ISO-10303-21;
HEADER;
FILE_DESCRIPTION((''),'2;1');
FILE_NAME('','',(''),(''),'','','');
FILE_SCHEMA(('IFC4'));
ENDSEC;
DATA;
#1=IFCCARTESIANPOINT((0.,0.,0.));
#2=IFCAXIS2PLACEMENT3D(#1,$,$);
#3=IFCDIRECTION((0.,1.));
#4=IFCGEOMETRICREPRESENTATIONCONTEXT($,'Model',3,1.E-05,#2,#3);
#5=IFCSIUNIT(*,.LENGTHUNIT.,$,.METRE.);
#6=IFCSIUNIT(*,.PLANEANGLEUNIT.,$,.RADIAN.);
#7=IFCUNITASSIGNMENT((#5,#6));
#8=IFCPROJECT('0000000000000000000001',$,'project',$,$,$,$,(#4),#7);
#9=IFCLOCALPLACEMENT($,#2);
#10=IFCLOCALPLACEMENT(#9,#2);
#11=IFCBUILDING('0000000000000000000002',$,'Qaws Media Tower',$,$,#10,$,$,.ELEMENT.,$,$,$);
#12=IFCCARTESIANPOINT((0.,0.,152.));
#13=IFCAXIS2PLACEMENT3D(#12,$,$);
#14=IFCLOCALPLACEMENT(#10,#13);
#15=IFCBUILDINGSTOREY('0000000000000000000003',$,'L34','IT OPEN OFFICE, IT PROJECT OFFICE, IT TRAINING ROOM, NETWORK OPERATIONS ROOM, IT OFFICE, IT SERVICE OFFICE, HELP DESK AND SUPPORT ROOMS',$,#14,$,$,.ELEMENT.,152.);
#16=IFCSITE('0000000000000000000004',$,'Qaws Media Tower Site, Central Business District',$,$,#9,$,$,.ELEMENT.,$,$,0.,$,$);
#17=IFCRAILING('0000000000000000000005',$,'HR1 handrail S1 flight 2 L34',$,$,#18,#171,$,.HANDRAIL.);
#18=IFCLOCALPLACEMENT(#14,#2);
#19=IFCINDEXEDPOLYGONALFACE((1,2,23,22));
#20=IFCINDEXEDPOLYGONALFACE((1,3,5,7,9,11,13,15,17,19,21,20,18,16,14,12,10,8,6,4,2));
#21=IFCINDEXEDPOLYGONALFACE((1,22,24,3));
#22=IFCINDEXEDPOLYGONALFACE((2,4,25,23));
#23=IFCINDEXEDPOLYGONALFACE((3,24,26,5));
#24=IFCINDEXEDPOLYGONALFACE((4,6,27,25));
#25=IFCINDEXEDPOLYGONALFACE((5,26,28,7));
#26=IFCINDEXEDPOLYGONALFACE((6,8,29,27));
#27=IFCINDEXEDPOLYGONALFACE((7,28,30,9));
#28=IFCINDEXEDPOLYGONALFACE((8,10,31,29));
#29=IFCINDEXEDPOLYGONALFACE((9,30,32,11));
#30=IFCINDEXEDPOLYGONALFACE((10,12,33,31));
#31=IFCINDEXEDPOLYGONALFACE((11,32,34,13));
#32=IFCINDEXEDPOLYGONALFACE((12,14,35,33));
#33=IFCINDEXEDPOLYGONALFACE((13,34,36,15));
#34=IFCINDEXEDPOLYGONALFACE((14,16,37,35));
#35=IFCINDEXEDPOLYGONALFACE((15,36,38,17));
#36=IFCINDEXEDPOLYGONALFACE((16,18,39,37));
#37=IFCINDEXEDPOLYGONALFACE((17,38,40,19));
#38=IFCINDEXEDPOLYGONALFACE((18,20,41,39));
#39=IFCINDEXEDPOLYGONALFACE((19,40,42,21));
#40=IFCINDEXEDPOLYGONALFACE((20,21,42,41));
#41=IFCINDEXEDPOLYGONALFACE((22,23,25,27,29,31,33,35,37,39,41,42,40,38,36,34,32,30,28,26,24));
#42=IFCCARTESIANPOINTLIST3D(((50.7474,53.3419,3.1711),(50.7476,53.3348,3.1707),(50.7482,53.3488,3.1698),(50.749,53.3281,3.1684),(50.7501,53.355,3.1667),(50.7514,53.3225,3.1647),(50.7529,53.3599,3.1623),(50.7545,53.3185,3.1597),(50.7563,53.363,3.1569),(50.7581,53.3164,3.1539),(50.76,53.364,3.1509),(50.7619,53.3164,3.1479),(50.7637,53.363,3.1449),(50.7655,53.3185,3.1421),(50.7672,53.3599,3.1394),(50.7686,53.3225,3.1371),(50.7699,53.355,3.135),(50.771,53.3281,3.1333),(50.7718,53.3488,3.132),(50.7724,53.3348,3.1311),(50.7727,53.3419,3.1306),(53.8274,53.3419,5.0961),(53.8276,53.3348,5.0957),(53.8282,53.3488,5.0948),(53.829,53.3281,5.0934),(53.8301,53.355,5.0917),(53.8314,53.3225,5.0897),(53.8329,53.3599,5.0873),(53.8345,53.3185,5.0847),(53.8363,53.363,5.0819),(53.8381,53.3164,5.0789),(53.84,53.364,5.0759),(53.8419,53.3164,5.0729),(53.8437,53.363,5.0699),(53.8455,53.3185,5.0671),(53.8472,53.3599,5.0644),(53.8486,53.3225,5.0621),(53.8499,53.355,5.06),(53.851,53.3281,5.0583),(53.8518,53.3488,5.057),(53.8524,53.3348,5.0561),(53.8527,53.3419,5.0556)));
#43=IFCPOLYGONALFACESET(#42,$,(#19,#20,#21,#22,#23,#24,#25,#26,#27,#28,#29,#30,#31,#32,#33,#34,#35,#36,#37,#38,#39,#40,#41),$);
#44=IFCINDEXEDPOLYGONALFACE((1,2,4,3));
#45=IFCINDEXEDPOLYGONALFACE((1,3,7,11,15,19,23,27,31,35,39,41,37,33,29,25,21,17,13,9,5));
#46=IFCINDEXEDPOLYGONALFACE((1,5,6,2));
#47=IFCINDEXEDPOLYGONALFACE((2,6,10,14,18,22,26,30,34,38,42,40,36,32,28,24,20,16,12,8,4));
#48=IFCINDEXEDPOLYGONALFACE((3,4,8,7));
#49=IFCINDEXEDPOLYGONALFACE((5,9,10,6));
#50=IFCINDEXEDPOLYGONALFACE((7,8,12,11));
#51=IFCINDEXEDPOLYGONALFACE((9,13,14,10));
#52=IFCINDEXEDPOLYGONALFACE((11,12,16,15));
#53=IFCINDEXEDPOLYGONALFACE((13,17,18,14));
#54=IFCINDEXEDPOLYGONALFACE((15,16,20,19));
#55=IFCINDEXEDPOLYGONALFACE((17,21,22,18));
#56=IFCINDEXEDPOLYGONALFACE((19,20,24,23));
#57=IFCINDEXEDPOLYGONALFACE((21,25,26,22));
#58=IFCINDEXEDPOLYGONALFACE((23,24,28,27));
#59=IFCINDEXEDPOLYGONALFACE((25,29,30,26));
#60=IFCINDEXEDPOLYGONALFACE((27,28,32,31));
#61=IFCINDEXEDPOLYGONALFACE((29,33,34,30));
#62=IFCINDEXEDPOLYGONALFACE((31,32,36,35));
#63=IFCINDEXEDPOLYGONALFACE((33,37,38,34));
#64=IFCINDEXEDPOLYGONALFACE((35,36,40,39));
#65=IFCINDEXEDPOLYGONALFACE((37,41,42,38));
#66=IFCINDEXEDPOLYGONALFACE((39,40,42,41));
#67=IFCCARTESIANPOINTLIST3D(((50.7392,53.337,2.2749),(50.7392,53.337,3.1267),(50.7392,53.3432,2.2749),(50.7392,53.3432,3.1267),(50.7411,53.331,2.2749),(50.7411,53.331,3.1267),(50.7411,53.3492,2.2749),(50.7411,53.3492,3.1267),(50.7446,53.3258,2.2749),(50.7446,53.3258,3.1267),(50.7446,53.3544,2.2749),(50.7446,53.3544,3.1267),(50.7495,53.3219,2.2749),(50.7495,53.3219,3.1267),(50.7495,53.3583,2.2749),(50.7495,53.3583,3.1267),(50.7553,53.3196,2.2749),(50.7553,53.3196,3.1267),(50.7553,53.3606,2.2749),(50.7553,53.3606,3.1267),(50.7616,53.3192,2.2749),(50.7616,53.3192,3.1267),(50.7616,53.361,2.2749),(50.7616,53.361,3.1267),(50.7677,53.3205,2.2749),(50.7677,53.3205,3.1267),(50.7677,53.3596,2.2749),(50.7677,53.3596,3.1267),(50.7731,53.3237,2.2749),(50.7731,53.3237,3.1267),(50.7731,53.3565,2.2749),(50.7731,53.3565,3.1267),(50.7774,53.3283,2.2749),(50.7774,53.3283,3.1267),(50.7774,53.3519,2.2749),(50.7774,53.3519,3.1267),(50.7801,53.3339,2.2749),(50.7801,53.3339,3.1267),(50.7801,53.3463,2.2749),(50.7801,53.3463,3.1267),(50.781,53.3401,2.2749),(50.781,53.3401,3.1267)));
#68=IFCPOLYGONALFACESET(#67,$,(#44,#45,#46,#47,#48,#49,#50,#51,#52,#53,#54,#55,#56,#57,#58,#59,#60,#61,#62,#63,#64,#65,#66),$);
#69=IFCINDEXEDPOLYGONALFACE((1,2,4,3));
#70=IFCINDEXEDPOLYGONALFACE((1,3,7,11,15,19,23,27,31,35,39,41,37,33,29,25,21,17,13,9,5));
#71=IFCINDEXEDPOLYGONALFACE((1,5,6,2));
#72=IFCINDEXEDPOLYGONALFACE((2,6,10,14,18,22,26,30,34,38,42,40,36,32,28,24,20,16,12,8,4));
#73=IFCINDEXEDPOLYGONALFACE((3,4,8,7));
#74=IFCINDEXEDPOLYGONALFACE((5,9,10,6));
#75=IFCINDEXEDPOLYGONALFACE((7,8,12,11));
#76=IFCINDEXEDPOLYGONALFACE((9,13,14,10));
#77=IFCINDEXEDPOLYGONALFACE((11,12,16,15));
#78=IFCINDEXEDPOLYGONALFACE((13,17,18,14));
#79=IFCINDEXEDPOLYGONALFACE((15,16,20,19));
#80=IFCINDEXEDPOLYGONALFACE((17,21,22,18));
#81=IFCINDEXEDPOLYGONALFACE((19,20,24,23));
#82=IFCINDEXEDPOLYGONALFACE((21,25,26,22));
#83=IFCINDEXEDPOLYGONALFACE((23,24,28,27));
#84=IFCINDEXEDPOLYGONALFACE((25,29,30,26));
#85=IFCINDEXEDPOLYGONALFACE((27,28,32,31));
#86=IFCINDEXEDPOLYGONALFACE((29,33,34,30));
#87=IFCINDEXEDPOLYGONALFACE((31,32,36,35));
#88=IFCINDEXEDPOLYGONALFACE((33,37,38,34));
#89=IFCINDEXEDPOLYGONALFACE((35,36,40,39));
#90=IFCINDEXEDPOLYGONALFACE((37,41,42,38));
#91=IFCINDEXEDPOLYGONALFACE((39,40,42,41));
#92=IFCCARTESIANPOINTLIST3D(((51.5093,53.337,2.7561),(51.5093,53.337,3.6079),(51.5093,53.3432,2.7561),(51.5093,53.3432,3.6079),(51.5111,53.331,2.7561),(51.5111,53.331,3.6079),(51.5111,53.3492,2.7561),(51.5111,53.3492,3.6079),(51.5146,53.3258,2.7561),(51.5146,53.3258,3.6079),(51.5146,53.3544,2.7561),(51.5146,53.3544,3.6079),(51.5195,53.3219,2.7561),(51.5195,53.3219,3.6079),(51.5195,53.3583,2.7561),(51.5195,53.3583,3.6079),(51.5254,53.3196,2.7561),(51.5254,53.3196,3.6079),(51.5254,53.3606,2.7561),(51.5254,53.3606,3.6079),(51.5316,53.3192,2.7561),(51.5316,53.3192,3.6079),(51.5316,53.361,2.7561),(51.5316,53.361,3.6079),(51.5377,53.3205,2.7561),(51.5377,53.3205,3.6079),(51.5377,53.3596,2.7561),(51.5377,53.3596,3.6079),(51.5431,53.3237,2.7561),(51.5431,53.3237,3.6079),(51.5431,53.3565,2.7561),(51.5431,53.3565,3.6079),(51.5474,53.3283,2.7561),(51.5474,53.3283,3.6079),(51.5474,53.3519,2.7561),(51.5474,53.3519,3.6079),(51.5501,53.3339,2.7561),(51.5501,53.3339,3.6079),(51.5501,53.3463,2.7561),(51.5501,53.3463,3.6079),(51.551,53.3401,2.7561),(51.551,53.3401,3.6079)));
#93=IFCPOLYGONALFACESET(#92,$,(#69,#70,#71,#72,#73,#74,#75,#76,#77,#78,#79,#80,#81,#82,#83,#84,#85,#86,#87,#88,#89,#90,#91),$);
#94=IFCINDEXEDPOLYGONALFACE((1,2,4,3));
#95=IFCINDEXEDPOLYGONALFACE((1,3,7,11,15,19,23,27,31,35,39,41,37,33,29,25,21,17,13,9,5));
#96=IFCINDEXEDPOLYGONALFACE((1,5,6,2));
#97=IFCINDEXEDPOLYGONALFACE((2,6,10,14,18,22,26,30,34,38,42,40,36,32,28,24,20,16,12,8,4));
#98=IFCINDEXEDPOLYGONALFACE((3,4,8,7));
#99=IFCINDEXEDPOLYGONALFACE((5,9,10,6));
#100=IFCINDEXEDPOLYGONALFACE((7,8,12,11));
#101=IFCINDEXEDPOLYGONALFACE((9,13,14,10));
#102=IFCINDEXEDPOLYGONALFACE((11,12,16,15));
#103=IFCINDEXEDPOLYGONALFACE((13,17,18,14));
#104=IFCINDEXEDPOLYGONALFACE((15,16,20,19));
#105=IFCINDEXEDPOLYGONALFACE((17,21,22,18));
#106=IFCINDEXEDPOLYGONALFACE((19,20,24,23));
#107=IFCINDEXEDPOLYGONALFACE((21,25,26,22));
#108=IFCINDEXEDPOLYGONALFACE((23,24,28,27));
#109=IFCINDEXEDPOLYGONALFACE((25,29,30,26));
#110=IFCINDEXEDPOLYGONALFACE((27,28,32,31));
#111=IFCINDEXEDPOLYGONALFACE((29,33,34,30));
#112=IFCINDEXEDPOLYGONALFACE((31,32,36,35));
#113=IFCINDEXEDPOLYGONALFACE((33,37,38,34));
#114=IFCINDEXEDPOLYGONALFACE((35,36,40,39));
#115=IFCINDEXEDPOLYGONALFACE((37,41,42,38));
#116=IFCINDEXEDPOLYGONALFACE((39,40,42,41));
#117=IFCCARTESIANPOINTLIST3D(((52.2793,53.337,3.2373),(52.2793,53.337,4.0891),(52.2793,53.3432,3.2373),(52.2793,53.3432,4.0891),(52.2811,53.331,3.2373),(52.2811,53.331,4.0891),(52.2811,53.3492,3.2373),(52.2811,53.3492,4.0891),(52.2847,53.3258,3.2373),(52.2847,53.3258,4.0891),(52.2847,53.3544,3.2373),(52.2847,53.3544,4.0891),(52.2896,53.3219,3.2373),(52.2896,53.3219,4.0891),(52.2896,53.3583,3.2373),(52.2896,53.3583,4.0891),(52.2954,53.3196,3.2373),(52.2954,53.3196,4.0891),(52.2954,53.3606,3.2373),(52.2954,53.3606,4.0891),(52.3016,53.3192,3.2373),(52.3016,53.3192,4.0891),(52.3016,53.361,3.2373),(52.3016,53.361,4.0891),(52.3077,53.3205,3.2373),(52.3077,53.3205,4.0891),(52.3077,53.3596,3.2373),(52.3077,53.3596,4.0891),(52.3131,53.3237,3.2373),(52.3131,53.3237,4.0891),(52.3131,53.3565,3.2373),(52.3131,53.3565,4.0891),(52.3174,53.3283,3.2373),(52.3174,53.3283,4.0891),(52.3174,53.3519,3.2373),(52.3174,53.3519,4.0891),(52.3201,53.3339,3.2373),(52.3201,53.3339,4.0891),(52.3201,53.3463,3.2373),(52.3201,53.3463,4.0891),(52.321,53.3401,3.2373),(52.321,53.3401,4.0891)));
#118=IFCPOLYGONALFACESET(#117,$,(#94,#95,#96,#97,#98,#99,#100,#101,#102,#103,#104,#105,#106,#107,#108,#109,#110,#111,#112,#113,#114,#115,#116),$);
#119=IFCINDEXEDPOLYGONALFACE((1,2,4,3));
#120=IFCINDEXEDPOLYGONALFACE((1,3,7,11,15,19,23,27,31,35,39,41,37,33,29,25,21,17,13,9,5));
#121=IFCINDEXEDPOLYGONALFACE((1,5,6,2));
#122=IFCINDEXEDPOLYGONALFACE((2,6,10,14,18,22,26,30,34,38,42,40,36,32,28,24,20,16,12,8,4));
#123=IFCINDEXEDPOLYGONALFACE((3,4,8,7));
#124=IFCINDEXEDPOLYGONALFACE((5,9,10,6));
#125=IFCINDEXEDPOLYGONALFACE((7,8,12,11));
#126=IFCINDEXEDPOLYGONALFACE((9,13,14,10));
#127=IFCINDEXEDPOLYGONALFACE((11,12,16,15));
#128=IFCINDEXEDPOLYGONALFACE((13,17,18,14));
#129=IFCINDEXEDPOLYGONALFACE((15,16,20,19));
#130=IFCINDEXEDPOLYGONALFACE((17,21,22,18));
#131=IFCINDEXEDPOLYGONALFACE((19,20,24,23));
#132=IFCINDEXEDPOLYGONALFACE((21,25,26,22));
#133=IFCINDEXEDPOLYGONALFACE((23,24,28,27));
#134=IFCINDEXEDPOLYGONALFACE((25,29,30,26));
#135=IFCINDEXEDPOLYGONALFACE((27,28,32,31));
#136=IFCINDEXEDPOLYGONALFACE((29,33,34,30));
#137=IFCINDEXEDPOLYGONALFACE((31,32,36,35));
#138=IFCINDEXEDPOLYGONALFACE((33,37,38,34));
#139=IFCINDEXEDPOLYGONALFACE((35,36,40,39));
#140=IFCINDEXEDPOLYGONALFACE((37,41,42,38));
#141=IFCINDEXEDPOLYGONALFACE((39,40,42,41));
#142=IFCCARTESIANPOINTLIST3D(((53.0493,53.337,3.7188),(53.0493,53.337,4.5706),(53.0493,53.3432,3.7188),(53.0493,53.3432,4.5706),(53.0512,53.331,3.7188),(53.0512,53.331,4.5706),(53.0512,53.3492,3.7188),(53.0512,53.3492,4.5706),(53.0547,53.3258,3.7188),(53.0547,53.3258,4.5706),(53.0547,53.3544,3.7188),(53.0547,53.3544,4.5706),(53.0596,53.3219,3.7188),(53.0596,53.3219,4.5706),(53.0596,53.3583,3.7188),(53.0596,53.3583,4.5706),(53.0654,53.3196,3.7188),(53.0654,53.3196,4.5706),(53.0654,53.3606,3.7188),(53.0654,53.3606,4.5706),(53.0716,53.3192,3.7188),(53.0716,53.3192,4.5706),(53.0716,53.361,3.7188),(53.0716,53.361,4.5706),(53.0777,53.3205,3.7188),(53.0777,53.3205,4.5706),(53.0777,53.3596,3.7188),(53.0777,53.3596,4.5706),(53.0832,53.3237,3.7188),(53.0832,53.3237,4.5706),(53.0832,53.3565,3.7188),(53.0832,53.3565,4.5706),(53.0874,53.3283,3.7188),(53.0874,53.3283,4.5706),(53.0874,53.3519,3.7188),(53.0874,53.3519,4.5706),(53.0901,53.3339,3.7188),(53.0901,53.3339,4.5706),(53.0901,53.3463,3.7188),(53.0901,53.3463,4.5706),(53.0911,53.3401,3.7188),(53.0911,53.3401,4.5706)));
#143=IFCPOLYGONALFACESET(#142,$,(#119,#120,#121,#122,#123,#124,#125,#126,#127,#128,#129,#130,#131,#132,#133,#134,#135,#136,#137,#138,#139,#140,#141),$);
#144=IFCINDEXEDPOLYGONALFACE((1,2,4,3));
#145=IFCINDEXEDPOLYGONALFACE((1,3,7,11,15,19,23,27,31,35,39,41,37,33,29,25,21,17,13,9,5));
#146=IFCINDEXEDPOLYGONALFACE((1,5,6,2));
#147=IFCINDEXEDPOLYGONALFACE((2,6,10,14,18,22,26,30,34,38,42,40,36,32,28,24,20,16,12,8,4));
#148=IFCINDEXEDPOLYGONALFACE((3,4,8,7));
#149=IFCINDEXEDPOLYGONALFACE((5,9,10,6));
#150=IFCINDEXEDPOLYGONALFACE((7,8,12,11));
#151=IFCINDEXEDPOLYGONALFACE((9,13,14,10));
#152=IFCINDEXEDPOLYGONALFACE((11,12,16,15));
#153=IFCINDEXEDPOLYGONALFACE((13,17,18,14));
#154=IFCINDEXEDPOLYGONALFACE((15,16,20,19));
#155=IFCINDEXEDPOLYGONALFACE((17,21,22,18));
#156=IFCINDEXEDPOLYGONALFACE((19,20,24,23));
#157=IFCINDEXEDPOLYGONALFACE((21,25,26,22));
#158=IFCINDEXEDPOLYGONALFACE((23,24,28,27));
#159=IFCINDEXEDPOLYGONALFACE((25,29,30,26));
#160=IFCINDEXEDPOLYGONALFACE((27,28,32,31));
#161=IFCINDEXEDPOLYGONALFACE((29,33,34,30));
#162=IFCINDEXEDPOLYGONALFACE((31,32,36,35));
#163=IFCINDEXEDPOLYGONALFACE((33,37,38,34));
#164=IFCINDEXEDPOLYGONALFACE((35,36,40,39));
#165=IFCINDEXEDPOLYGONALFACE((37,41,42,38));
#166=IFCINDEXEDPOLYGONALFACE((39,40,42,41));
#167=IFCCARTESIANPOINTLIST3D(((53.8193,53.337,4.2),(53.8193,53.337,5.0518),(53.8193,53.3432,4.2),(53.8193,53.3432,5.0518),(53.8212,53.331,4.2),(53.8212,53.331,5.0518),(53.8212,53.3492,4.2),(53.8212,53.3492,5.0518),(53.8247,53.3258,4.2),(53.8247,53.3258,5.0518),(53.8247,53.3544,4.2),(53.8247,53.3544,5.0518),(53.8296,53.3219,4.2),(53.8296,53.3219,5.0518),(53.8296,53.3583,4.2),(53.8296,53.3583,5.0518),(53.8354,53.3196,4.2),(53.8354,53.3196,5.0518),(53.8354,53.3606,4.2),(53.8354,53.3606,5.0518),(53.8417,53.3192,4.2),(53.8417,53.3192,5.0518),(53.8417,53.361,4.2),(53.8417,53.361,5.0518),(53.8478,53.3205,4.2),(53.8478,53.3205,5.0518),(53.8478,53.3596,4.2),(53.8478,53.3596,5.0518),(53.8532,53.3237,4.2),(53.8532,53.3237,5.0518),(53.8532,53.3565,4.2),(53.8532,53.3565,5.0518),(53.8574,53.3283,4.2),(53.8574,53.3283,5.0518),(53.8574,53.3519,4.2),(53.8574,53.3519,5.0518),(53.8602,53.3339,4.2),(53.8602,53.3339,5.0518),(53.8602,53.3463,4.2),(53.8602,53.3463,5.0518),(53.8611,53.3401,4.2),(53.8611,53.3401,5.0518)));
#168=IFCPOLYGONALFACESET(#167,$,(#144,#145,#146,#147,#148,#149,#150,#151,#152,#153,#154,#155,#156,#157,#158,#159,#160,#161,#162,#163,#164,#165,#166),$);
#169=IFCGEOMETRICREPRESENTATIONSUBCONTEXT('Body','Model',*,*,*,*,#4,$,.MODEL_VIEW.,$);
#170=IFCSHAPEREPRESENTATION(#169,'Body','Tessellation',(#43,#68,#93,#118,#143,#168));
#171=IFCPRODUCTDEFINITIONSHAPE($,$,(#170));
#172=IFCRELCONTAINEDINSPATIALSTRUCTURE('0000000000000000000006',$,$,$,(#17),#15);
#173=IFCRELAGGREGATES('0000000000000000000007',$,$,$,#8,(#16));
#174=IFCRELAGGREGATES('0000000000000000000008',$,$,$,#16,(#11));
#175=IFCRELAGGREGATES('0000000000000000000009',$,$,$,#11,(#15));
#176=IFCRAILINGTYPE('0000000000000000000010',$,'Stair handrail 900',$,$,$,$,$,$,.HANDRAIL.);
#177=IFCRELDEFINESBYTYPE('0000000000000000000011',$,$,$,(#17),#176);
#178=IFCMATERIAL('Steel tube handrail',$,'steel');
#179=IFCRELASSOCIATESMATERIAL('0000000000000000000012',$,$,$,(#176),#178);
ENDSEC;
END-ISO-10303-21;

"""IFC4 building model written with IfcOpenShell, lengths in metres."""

from ifc_helpers import new_model, si_unit, direction, frame, origin, origin_2d, place, context, subcontext, project, spatial, circle, extrude, material, type_object, element, save


model = new_model("IFC4")

# Units and contexts
model_context = context("Model", 3, precision=1e-05, world=origin(), true_north=direction((0.0, 1.0)))
body_context = subcontext(model_context, "Body", "Model", "MODEL_VIEW")
ifc_project = project(units=[si_unit("LENGTHUNIT", "METRE"), si_unit("PLANEANGLEUNIT", "RADIAN")], contexts=[model_context])

# Site, building, storey
site_placement = place(None, origin())
site = spatial("IfcSite", under=ifc_project, at=site_placement, Name="Qaws Media Tower Site, Central Business District", CompositionType="ELEMENT", RefElevation=0.0)
building_placement = place(site_placement, origin())
building = spatial("IfcBuilding", under=site, at=building_placement, Name="Qaws Media Tower", CompositionType="ELEMENT")
storey_placement = place(building_placement, frame((0.0, 0.0, 152.0)))
storey = spatial("IfcBuildingStorey", under=building, at=storey_placement, Name="L34", Description="IT OPEN OFFICE, IT PROJECT OFFICE, IT TRAINING ROOM, NETWORK OPERATIONS ROOM, IT OFFICE, IT SERVICE OFFICE, HELP DESK AND SUPPORT ROOMS", CompositionType="ELEMENT", Elevation=152.0)

# Railing
ifc_material_1 = material(Name="Steel tube handrail", Category="steel")
railing_type = type_object("IfcRailingType", Name="Stair handrail 900", PredefinedType="HANDRAIL", material=ifc_material_1)
for number, where, name in (
    (1, (50.76, 53.3401, 2.2749), "HR1 handrail S1 flight 2 L34"),
):
    element("IfcRailing", number, at=place(storey_placement, frame(where)), inside=storey, type_object=railing_type, Name=name, PredefinedType="HANDRAIL", context=body_context, shape_type="SweptSolid", body=[
        extrude(circle(Radius=0.0239, at=origin_2d()), frame((0.0, 0.0, 0.876), z_axis=(0.847998, 0.0, 0.529999), x_axis=(0.0, 1.0, 0.0)), (0.0, 0.0, 1.0), 3.6321),
        extrude(circle(Radius=0.021, at=origin_2d()), origin(), (0.0, 0.0, 1.0), 0.8518),
        extrude(circle(Radius=0.021, at=origin_2d()), frame((0.77, 0.0, 0.4812)), (0.0, 0.0, 1.0), 0.8518),
        extrude(circle(Radius=0.021, at=origin_2d()), frame((1.54, 0.0, 0.9624)), (0.0, 0.0, 1.0), 0.8518),
        extrude(circle(Radius=0.021, at=origin_2d()), frame((2.3101, 0.0, 1.4438)), (0.0, 0.0, 1.0), 0.8518),
        extrude(circle(Radius=0.021, at=origin_2d()), frame((3.0801, 0.0, 1.925)), (0.0, 0.0, 1.0), 0.8518),
    ])

save(model, "model.ifc")
